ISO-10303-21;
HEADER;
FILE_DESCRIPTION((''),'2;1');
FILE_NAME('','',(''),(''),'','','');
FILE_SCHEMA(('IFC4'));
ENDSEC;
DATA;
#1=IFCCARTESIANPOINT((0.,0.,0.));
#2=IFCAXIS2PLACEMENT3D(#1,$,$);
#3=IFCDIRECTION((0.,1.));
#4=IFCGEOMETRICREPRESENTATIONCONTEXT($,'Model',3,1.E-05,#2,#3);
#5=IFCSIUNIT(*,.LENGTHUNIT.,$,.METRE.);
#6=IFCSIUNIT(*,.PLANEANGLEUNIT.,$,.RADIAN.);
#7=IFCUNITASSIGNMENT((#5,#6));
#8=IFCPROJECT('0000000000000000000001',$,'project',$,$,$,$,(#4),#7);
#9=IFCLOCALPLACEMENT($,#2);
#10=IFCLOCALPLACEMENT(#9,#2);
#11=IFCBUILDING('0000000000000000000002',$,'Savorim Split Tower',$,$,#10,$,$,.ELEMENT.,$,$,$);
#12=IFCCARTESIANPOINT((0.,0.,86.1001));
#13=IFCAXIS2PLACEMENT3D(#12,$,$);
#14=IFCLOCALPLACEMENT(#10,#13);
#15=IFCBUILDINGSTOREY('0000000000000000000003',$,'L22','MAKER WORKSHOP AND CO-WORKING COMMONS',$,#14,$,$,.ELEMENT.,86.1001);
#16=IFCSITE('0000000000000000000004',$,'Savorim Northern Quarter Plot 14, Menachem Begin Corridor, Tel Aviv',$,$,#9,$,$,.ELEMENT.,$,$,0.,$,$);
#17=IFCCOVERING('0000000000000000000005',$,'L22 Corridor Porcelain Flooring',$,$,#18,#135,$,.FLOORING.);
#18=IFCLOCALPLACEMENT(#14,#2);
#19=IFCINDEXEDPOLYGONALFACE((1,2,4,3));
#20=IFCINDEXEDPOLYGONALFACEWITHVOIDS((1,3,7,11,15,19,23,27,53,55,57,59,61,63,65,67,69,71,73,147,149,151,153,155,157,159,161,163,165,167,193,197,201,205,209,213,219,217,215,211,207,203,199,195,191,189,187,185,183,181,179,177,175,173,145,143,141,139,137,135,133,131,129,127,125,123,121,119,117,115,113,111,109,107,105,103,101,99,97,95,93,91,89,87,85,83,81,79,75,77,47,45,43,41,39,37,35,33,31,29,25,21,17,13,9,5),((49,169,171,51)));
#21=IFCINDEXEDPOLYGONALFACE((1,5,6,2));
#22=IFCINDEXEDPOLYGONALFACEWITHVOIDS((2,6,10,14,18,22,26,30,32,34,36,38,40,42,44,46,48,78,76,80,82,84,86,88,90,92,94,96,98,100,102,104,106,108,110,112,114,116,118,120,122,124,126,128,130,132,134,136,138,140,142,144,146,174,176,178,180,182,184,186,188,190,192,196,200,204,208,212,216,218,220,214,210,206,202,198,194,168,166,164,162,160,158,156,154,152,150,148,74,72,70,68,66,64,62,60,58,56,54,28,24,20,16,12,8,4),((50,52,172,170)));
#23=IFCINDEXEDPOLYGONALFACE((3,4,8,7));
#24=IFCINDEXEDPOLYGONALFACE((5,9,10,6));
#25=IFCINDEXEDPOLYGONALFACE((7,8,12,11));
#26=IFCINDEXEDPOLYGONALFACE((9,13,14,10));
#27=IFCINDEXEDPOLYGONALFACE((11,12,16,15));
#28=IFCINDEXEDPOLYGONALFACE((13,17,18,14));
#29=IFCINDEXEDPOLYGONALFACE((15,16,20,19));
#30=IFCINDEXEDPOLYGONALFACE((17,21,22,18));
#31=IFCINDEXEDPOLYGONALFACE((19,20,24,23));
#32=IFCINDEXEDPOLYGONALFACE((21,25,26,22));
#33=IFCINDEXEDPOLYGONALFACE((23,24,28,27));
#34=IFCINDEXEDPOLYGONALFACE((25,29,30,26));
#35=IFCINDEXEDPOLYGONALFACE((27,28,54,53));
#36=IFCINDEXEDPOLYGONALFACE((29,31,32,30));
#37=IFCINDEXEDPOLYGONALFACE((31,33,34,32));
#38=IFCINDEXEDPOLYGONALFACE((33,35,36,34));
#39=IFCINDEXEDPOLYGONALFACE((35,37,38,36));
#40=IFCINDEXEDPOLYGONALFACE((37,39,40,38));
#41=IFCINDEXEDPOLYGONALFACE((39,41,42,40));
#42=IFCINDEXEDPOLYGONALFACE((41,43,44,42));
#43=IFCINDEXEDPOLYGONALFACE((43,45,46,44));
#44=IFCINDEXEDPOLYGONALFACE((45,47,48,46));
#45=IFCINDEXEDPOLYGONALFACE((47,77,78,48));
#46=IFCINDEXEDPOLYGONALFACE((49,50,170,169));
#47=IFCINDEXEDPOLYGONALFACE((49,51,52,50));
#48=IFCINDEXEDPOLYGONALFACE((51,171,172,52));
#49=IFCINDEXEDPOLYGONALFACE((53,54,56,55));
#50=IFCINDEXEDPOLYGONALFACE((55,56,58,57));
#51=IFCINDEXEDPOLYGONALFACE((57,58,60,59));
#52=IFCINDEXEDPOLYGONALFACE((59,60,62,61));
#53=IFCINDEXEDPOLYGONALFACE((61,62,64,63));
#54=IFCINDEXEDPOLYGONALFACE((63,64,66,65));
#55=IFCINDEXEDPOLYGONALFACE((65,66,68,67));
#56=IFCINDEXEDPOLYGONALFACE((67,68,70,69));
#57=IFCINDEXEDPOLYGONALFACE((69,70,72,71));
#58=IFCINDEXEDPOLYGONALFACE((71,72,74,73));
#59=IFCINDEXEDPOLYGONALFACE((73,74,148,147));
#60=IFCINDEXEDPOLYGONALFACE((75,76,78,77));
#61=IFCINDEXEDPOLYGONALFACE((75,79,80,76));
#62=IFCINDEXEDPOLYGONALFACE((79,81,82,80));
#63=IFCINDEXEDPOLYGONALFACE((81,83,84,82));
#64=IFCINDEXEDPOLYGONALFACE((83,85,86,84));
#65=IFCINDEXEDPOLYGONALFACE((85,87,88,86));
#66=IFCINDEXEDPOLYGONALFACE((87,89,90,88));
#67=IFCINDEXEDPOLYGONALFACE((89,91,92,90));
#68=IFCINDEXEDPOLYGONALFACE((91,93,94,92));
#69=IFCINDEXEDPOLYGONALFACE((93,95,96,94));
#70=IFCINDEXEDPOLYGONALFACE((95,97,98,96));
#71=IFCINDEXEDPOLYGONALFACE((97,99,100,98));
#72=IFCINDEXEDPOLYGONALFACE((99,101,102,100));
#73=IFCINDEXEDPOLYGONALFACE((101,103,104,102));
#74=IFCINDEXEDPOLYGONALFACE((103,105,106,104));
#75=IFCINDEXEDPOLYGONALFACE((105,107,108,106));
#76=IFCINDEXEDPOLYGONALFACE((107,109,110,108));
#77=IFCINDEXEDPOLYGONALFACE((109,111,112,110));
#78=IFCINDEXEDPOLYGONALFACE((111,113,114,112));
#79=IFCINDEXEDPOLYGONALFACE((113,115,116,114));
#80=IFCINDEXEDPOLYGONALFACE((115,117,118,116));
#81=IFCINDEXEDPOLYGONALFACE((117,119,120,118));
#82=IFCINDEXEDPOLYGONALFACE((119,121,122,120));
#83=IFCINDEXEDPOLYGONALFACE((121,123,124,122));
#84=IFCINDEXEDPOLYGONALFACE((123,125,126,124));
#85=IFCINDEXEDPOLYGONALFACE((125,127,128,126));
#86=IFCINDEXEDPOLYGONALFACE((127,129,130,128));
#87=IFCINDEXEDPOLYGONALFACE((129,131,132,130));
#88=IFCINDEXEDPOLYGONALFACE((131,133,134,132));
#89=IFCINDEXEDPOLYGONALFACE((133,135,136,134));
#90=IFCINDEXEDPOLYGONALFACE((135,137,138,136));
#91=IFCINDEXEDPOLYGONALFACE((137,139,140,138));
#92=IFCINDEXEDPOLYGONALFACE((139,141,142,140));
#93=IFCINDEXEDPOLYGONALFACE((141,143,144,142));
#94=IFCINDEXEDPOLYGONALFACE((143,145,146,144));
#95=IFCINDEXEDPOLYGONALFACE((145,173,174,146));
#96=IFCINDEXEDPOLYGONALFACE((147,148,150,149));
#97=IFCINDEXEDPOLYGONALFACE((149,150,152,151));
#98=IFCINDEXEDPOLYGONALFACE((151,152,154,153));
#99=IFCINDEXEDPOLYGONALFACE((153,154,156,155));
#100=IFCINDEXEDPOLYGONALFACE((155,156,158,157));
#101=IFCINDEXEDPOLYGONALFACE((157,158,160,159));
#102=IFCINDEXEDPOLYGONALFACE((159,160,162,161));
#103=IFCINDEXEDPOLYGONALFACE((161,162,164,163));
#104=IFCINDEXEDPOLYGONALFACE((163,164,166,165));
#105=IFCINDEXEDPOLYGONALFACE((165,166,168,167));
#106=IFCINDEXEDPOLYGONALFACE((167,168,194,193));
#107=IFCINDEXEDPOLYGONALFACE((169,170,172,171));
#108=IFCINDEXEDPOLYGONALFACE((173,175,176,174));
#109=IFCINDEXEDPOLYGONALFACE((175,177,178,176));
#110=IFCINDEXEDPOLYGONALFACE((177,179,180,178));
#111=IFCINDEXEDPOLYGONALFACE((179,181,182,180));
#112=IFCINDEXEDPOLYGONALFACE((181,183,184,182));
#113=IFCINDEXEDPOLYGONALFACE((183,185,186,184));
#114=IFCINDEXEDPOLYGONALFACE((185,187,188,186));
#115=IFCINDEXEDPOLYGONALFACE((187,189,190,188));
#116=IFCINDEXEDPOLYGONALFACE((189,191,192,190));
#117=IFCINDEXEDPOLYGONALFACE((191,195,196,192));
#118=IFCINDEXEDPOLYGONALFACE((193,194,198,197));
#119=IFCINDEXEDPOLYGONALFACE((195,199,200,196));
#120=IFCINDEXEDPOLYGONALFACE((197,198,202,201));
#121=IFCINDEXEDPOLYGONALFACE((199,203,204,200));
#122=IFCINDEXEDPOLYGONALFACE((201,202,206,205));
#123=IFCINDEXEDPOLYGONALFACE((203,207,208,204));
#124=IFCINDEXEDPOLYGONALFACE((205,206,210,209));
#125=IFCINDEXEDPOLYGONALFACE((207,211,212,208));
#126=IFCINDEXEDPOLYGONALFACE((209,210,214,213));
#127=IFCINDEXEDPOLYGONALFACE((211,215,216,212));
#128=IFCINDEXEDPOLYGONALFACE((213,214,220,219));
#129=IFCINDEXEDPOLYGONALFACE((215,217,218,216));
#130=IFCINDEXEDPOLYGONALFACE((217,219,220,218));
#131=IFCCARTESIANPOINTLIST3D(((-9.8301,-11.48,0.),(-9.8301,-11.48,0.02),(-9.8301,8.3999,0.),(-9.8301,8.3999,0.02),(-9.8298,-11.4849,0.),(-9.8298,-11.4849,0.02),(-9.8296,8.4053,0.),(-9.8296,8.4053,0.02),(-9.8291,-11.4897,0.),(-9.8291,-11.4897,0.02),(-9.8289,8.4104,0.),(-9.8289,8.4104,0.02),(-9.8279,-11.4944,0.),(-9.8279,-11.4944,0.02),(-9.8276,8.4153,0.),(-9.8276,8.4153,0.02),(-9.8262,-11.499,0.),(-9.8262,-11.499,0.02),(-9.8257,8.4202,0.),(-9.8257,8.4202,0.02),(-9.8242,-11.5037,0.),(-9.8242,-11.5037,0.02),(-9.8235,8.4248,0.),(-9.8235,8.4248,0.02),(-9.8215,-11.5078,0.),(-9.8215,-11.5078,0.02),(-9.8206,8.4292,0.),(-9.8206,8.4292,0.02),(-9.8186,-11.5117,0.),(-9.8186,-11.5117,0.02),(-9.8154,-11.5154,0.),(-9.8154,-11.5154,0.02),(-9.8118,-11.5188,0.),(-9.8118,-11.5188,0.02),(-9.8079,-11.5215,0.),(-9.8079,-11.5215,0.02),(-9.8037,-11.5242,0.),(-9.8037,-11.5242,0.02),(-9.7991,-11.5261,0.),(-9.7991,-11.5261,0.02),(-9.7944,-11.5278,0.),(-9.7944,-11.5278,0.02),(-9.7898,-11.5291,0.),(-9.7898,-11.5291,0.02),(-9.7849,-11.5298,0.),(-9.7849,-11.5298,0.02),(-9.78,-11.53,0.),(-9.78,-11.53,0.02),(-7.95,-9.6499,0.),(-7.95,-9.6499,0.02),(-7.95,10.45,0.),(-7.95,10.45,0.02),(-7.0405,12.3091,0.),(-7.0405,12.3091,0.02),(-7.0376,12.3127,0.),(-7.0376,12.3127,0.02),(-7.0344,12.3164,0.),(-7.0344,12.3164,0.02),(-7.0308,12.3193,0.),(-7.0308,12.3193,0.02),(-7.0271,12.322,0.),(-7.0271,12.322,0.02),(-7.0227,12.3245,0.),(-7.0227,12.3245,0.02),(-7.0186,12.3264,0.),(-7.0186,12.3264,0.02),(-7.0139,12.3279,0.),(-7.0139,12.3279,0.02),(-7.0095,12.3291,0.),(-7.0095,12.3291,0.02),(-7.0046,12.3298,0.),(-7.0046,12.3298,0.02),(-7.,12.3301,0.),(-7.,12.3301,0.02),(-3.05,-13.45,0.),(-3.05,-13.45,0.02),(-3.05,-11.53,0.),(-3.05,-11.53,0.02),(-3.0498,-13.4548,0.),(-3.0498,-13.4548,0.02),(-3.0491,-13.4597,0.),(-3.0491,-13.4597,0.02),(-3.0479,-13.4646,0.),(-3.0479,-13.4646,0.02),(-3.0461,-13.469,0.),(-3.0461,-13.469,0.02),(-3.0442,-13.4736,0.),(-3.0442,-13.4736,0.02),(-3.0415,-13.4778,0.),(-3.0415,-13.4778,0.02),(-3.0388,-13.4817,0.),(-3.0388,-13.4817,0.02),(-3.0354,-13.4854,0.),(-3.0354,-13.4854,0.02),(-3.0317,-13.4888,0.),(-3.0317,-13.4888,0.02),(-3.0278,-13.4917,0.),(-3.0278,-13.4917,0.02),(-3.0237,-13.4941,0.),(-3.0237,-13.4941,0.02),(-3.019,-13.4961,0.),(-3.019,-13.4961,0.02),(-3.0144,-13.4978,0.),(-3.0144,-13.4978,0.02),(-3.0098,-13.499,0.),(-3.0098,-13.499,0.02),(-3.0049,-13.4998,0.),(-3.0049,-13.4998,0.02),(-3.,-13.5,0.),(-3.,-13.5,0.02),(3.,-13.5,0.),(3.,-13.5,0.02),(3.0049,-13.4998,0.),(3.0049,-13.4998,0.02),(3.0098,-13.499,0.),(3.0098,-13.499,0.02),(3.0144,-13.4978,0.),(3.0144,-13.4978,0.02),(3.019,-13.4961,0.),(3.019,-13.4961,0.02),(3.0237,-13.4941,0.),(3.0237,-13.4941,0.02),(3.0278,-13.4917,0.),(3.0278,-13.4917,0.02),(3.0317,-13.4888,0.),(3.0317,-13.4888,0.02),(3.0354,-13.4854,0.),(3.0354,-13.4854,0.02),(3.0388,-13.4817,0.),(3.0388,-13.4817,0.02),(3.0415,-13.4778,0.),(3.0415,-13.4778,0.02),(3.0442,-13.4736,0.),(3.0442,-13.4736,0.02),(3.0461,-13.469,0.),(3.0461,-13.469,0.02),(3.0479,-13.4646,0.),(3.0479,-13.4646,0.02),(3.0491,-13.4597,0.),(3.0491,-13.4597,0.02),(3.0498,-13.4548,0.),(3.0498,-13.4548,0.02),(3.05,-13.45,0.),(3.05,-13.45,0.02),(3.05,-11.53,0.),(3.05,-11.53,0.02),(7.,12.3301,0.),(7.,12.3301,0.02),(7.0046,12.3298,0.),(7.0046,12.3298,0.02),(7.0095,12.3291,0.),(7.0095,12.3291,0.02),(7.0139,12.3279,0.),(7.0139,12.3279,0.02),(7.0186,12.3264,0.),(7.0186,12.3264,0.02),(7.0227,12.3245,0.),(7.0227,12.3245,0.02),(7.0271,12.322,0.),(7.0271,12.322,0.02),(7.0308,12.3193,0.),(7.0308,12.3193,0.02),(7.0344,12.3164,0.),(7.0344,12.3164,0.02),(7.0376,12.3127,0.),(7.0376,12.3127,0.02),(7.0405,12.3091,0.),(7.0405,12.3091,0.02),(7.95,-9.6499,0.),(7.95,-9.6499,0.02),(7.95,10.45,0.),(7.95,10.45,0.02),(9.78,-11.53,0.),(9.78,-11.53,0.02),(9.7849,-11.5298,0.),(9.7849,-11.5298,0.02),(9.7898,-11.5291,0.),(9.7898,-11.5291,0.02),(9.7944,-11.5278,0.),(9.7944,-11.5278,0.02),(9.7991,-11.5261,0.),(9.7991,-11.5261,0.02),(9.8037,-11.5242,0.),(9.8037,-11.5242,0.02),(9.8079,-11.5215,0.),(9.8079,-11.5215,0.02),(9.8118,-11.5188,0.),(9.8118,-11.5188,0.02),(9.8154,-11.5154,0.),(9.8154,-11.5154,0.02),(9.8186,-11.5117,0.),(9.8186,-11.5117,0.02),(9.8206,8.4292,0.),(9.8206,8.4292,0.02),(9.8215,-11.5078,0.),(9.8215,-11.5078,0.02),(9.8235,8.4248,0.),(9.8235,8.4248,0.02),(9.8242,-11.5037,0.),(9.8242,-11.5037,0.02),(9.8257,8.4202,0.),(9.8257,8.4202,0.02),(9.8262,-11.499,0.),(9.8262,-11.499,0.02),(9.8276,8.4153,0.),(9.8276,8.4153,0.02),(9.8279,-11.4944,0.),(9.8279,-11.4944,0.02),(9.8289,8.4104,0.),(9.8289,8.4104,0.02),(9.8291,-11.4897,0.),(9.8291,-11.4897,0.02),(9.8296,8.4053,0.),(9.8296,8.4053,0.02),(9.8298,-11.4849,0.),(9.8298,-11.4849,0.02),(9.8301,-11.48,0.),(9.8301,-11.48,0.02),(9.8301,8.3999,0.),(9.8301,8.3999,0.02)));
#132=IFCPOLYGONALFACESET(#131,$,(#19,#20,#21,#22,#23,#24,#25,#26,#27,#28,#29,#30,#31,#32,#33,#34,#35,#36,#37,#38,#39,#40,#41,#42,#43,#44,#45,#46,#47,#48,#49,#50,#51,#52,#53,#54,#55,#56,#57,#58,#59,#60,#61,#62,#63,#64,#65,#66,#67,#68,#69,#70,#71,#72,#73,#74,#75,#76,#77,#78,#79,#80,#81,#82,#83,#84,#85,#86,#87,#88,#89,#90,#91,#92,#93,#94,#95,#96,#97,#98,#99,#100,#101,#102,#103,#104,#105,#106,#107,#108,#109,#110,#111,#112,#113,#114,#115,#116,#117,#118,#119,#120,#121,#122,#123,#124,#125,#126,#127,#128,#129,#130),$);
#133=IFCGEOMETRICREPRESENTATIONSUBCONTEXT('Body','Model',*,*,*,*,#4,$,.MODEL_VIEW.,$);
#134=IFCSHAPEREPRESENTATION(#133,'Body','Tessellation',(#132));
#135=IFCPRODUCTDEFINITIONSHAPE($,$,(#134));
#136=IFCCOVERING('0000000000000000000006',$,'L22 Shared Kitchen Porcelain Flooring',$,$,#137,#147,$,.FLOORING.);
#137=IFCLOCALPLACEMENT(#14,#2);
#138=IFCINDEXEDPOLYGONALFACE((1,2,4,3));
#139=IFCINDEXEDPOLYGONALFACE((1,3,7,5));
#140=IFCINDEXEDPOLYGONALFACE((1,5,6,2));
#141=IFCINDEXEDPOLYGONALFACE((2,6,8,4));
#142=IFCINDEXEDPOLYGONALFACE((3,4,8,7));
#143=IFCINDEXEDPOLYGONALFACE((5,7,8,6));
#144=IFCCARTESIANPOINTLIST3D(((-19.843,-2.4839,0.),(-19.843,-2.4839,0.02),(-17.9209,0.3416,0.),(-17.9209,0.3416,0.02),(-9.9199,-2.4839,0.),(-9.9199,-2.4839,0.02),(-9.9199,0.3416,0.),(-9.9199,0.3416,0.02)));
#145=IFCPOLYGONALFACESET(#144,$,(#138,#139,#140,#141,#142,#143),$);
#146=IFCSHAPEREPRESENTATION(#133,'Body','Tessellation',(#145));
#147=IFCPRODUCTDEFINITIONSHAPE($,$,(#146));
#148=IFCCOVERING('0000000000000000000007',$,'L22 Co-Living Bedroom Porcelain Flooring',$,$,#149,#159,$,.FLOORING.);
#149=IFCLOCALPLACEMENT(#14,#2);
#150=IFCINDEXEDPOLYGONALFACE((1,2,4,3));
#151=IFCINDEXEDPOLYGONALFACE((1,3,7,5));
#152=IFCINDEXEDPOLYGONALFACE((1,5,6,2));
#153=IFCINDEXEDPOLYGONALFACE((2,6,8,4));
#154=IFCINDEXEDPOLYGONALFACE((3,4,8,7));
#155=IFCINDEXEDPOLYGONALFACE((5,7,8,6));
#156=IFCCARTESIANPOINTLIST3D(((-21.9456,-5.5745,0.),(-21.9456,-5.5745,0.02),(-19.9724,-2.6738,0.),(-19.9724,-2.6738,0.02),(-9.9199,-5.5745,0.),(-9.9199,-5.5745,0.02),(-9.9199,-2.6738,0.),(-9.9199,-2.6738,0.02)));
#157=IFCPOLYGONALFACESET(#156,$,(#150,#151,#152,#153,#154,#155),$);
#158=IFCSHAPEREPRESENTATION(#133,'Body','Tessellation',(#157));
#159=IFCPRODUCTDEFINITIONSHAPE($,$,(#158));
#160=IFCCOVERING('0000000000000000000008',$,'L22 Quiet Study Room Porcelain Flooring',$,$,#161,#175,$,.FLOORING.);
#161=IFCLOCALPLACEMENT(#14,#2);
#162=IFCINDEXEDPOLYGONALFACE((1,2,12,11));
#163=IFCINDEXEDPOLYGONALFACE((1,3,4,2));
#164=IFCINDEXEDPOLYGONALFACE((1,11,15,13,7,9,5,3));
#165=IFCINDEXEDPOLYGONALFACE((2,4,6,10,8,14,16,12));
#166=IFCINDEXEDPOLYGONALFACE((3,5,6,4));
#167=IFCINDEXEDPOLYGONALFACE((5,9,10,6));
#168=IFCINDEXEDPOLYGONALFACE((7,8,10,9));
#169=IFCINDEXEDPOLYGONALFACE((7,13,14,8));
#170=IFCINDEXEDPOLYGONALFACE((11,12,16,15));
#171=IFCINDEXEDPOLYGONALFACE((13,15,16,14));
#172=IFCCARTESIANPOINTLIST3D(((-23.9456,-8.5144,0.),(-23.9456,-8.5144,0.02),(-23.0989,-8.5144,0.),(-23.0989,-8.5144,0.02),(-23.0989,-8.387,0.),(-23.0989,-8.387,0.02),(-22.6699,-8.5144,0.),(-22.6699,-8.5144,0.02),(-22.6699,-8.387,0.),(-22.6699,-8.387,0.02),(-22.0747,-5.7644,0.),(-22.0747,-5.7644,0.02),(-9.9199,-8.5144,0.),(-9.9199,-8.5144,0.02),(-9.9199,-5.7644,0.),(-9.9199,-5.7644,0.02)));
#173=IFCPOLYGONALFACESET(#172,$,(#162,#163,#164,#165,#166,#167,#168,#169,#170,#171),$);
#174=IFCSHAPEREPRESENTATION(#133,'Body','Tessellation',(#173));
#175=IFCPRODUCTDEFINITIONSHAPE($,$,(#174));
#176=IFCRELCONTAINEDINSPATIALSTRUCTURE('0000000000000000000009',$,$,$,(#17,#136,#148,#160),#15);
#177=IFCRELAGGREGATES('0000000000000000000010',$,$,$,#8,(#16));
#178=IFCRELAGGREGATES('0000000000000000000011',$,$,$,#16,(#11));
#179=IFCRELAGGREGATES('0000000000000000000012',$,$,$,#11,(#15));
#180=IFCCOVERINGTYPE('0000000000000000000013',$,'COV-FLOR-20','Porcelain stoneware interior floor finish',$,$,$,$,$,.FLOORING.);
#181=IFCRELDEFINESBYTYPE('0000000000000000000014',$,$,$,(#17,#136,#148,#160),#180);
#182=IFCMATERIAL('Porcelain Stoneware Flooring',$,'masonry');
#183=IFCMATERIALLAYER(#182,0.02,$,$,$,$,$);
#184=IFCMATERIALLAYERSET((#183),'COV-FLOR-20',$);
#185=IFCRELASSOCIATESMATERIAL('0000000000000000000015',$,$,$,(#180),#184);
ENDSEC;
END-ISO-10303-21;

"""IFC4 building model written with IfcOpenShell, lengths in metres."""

from ifc_helpers import new_model, si_unit, direction, frame, origin, place, context, subcontext, project, spatial, polyline, outline, extrude, material, layer, layer_set, type_object, element, save


model = new_model("IFC4")

# Units and contexts
model_context = context("Model", 3, precision=1e-05, world=origin(), true_north=direction((0.0, 1.0)))
body_context = subcontext(model_context, "Body", "Model", "MODEL_VIEW")
ifc_project = project(units=[si_unit("LENGTHUNIT", "METRE"), si_unit("PLANEANGLEUNIT", "RADIAN")], contexts=[model_context])

# Site, building, storey
site_placement = place(None, origin())
site = spatial("IfcSite", under=ifc_project, at=site_placement, Name="Savorim Northern Quarter Plot 14, Menachem Begin Corridor, Tel Aviv", CompositionType="ELEMENT", RefElevation=0.0)
building_placement = place(site_placement, origin())
building = spatial("IfcBuilding", under=site, at=building_placement, Name="Savorim Split Tower", CompositionType="ELEMENT")
storey_placement = place(building_placement, frame((0.0, 0.0, 86.1001)))
storey = spatial("IfcBuildingStorey", under=building, at=storey_placement, Name="L22", Description="MAKER WORKSHOP AND CO-WORKING COMMONS", CompositionType="ELEMENT", Elevation=86.1001)

# Coverings
ifc_material_1 = material(Name="Porcelain Stoneware Flooring", Category="masonry")
ifc_layer_1 = layer(ifc_material_1, 0.02)
ifc_layer_set_1 = layer_set([ifc_layer_1], Name="COV-FLOR-20")
covering_type_1 = type_object("IfcCoveringType", Name="COV-FLOR-20", Description="Porcelain stoneware interior floor finish", PredefinedType="FLOORING", material=ifc_layer_set_1)
covering_1_placement = place(storey_placement, origin())
element("IfcCovering", 1, at=covering_1_placement, inside=storey, type_object=covering_type_1, Name="L22 Corridor Porcelain Flooring", PredefinedType="FLOORING", context=body_context, shape_type="SweptSolid", body=[
    extrude(outline(polyline([(7.0095, 12.3291), (7.0046, 12.3298), (7.0, 12.3301), (-7.0, 12.3301), (-7.0046, 12.3298), (-7.0095, 12.3291), (-7.0139, 12.3279), (-7.0186, 12.3264), (-7.0227, 12.3245), (-7.0271, 12.322), (-7.0308, 12.3193), (-7.0344, 12.3164), (-7.0376, 12.3127), (-7.0405, 12.3091), (-9.8206, 8.4292), (-9.8235, 8.4248), (-9.8257, 8.4202), (-9.8276, 8.4153), (-9.8289, 8.4104), (-9.8296, 8.4053), (-9.8301, 8.3999), (-9.8301, -11.48), (-9.8298, -11.4849), (-9.8291, -11.4897), (-9.8279, -11.4944), (-9.8262, -11.499), (-9.8242, -11.5037), (-9.8215, -11.5078), (-9.8186, -11.5117), (-9.8154, -11.5154), (-9.8118, -11.5188), (-9.8079, -11.5215), (-9.8037, -11.5242), (-9.7991, -11.5261), (-9.7944, -11.5278), (-9.7898, -11.5291), (-9.7849, -11.5298), (-9.78, -11.53), (-3.05, -11.53), (-3.05, -13.45), (-3.0498, -13.4548), (-3.0491, -13.4597), (-3.0479, -13.4646), (-3.0461, -13.469), (-3.0442, -13.4736), (-3.0415, -13.4778), (-3.0388, -13.4817), (-3.0354, -13.4854), (-3.0317, -13.4888), (-3.0278, -13.4917), (-3.0237, -13.4941), (-3.019, -13.4961), (-3.0144, -13.4978), (-3.0098, -13.499), (-3.0049, -13.4998), (-3.0, -13.5), (3.0, -13.5), (3.0049, -13.4998), (3.0098, -13.499), (3.0144, -13.4978), (3.019, -13.4961), (3.0237, -13.4941), (3.0278, -13.4917), (3.0317, -13.4888), (3.0354, -13.4854), (3.0388, -13.4817), (3.0415, -13.4778), (3.0442, -13.4736), (3.0461, -13.469), (3.0479, -13.4646), (3.0491, -13.4597), (3.0498, -13.4548), (3.05, -13.45), (3.05, -11.53), (9.78, -11.53), (9.7849, -11.5298), (9.7898, -11.5291), (9.7944, -11.5278), (9.7991, -11.5261), (9.8037, -11.5242), (9.8079, -11.5215), (9.8118, -11.5188), (9.8154, -11.5154), (9.8186, -11.5117), (9.8215, -11.5078), (9.8242, -11.5037), (9.8262, -11.499), (9.8279, -11.4944), (9.8291, -11.4897), (9.8298, -11.4849), (9.8301, -11.48), (9.8301, 8.3999), (9.8296, 8.4053), (9.8289, 8.4104), (9.8276, 8.4153), (9.8257, 8.4202), (9.8235, 8.4248), (9.8206, 8.4292), (7.0405, 12.3091), (7.0376, 12.3127), (7.0344, 12.3164), (7.0308, 12.3193), (7.0271, 12.322), (7.0227, 12.3245), (7.0186, 12.3264), (7.0139, 12.3279), (7.0095, 12.3291)]), holes=[polyline([(-7.95, 10.45), (-7.95, -9.6499), (7.95, -9.6499), (7.95, 10.45), (-7.95, 10.45)])]), origin(), (0.0, 0.0, 1.0), 0.02),
])
covering_2_placement = place(storey_placement, origin())
element("IfcCovering", 2, at=covering_2_placement, inside=storey, type_object=covering_type_1, Name="L22 Shared Kitchen Porcelain Flooring", PredefinedType="FLOORING", context=body_context, shape_type="SweptSolid", body=[
    extrude(outline(polyline([(-17.9209, 0.3416), (-19.843, -2.4839), (-9.9199, -2.4839), (-9.9199, 0.3416), (-17.9209, 0.3416)])), origin(), (0.0, 0.0, 1.0), 0.02),
])
covering_3_placement = place(storey_placement, origin())
element("IfcCovering", 3, at=covering_3_placement, inside=storey, type_object=covering_type_1, Name="L22 Co-Living Bedroom Porcelain Flooring", PredefinedType="FLOORING", context=body_context, shape_type="SweptSolid", body=[
    extrude(outline(polyline([(-19.9724, -2.6738), (-21.9456, -5.5745), (-9.9199, -5.5745), (-9.9199, -2.6738), (-19.9724, -2.6738)])), origin(), (0.0, 0.0, 1.0), 0.02),
])
covering_4_placement = place(storey_placement, origin())
element("IfcCovering", 4, at=covering_4_placement, inside=storey, type_object=covering_type_1, Name="L22 Quiet Study Room Porcelain Flooring", PredefinedType="FLOORING", context=body_context, shape_type="SweptSolid", body=[
    extrude(outline(polyline([(-22.6699, -8.387), (-22.6699, -8.5144), (-9.9199, -8.5144), (-9.9199, -5.7644), (-22.0747, -5.7644), (-23.9456, -8.5144), (-23.0989, -8.5144), (-23.0989, -8.387), (-22.6699, -8.387)])), origin(), (0.0, 0.0, 1.0), 0.02),
])

save(model, "model.ifc")
